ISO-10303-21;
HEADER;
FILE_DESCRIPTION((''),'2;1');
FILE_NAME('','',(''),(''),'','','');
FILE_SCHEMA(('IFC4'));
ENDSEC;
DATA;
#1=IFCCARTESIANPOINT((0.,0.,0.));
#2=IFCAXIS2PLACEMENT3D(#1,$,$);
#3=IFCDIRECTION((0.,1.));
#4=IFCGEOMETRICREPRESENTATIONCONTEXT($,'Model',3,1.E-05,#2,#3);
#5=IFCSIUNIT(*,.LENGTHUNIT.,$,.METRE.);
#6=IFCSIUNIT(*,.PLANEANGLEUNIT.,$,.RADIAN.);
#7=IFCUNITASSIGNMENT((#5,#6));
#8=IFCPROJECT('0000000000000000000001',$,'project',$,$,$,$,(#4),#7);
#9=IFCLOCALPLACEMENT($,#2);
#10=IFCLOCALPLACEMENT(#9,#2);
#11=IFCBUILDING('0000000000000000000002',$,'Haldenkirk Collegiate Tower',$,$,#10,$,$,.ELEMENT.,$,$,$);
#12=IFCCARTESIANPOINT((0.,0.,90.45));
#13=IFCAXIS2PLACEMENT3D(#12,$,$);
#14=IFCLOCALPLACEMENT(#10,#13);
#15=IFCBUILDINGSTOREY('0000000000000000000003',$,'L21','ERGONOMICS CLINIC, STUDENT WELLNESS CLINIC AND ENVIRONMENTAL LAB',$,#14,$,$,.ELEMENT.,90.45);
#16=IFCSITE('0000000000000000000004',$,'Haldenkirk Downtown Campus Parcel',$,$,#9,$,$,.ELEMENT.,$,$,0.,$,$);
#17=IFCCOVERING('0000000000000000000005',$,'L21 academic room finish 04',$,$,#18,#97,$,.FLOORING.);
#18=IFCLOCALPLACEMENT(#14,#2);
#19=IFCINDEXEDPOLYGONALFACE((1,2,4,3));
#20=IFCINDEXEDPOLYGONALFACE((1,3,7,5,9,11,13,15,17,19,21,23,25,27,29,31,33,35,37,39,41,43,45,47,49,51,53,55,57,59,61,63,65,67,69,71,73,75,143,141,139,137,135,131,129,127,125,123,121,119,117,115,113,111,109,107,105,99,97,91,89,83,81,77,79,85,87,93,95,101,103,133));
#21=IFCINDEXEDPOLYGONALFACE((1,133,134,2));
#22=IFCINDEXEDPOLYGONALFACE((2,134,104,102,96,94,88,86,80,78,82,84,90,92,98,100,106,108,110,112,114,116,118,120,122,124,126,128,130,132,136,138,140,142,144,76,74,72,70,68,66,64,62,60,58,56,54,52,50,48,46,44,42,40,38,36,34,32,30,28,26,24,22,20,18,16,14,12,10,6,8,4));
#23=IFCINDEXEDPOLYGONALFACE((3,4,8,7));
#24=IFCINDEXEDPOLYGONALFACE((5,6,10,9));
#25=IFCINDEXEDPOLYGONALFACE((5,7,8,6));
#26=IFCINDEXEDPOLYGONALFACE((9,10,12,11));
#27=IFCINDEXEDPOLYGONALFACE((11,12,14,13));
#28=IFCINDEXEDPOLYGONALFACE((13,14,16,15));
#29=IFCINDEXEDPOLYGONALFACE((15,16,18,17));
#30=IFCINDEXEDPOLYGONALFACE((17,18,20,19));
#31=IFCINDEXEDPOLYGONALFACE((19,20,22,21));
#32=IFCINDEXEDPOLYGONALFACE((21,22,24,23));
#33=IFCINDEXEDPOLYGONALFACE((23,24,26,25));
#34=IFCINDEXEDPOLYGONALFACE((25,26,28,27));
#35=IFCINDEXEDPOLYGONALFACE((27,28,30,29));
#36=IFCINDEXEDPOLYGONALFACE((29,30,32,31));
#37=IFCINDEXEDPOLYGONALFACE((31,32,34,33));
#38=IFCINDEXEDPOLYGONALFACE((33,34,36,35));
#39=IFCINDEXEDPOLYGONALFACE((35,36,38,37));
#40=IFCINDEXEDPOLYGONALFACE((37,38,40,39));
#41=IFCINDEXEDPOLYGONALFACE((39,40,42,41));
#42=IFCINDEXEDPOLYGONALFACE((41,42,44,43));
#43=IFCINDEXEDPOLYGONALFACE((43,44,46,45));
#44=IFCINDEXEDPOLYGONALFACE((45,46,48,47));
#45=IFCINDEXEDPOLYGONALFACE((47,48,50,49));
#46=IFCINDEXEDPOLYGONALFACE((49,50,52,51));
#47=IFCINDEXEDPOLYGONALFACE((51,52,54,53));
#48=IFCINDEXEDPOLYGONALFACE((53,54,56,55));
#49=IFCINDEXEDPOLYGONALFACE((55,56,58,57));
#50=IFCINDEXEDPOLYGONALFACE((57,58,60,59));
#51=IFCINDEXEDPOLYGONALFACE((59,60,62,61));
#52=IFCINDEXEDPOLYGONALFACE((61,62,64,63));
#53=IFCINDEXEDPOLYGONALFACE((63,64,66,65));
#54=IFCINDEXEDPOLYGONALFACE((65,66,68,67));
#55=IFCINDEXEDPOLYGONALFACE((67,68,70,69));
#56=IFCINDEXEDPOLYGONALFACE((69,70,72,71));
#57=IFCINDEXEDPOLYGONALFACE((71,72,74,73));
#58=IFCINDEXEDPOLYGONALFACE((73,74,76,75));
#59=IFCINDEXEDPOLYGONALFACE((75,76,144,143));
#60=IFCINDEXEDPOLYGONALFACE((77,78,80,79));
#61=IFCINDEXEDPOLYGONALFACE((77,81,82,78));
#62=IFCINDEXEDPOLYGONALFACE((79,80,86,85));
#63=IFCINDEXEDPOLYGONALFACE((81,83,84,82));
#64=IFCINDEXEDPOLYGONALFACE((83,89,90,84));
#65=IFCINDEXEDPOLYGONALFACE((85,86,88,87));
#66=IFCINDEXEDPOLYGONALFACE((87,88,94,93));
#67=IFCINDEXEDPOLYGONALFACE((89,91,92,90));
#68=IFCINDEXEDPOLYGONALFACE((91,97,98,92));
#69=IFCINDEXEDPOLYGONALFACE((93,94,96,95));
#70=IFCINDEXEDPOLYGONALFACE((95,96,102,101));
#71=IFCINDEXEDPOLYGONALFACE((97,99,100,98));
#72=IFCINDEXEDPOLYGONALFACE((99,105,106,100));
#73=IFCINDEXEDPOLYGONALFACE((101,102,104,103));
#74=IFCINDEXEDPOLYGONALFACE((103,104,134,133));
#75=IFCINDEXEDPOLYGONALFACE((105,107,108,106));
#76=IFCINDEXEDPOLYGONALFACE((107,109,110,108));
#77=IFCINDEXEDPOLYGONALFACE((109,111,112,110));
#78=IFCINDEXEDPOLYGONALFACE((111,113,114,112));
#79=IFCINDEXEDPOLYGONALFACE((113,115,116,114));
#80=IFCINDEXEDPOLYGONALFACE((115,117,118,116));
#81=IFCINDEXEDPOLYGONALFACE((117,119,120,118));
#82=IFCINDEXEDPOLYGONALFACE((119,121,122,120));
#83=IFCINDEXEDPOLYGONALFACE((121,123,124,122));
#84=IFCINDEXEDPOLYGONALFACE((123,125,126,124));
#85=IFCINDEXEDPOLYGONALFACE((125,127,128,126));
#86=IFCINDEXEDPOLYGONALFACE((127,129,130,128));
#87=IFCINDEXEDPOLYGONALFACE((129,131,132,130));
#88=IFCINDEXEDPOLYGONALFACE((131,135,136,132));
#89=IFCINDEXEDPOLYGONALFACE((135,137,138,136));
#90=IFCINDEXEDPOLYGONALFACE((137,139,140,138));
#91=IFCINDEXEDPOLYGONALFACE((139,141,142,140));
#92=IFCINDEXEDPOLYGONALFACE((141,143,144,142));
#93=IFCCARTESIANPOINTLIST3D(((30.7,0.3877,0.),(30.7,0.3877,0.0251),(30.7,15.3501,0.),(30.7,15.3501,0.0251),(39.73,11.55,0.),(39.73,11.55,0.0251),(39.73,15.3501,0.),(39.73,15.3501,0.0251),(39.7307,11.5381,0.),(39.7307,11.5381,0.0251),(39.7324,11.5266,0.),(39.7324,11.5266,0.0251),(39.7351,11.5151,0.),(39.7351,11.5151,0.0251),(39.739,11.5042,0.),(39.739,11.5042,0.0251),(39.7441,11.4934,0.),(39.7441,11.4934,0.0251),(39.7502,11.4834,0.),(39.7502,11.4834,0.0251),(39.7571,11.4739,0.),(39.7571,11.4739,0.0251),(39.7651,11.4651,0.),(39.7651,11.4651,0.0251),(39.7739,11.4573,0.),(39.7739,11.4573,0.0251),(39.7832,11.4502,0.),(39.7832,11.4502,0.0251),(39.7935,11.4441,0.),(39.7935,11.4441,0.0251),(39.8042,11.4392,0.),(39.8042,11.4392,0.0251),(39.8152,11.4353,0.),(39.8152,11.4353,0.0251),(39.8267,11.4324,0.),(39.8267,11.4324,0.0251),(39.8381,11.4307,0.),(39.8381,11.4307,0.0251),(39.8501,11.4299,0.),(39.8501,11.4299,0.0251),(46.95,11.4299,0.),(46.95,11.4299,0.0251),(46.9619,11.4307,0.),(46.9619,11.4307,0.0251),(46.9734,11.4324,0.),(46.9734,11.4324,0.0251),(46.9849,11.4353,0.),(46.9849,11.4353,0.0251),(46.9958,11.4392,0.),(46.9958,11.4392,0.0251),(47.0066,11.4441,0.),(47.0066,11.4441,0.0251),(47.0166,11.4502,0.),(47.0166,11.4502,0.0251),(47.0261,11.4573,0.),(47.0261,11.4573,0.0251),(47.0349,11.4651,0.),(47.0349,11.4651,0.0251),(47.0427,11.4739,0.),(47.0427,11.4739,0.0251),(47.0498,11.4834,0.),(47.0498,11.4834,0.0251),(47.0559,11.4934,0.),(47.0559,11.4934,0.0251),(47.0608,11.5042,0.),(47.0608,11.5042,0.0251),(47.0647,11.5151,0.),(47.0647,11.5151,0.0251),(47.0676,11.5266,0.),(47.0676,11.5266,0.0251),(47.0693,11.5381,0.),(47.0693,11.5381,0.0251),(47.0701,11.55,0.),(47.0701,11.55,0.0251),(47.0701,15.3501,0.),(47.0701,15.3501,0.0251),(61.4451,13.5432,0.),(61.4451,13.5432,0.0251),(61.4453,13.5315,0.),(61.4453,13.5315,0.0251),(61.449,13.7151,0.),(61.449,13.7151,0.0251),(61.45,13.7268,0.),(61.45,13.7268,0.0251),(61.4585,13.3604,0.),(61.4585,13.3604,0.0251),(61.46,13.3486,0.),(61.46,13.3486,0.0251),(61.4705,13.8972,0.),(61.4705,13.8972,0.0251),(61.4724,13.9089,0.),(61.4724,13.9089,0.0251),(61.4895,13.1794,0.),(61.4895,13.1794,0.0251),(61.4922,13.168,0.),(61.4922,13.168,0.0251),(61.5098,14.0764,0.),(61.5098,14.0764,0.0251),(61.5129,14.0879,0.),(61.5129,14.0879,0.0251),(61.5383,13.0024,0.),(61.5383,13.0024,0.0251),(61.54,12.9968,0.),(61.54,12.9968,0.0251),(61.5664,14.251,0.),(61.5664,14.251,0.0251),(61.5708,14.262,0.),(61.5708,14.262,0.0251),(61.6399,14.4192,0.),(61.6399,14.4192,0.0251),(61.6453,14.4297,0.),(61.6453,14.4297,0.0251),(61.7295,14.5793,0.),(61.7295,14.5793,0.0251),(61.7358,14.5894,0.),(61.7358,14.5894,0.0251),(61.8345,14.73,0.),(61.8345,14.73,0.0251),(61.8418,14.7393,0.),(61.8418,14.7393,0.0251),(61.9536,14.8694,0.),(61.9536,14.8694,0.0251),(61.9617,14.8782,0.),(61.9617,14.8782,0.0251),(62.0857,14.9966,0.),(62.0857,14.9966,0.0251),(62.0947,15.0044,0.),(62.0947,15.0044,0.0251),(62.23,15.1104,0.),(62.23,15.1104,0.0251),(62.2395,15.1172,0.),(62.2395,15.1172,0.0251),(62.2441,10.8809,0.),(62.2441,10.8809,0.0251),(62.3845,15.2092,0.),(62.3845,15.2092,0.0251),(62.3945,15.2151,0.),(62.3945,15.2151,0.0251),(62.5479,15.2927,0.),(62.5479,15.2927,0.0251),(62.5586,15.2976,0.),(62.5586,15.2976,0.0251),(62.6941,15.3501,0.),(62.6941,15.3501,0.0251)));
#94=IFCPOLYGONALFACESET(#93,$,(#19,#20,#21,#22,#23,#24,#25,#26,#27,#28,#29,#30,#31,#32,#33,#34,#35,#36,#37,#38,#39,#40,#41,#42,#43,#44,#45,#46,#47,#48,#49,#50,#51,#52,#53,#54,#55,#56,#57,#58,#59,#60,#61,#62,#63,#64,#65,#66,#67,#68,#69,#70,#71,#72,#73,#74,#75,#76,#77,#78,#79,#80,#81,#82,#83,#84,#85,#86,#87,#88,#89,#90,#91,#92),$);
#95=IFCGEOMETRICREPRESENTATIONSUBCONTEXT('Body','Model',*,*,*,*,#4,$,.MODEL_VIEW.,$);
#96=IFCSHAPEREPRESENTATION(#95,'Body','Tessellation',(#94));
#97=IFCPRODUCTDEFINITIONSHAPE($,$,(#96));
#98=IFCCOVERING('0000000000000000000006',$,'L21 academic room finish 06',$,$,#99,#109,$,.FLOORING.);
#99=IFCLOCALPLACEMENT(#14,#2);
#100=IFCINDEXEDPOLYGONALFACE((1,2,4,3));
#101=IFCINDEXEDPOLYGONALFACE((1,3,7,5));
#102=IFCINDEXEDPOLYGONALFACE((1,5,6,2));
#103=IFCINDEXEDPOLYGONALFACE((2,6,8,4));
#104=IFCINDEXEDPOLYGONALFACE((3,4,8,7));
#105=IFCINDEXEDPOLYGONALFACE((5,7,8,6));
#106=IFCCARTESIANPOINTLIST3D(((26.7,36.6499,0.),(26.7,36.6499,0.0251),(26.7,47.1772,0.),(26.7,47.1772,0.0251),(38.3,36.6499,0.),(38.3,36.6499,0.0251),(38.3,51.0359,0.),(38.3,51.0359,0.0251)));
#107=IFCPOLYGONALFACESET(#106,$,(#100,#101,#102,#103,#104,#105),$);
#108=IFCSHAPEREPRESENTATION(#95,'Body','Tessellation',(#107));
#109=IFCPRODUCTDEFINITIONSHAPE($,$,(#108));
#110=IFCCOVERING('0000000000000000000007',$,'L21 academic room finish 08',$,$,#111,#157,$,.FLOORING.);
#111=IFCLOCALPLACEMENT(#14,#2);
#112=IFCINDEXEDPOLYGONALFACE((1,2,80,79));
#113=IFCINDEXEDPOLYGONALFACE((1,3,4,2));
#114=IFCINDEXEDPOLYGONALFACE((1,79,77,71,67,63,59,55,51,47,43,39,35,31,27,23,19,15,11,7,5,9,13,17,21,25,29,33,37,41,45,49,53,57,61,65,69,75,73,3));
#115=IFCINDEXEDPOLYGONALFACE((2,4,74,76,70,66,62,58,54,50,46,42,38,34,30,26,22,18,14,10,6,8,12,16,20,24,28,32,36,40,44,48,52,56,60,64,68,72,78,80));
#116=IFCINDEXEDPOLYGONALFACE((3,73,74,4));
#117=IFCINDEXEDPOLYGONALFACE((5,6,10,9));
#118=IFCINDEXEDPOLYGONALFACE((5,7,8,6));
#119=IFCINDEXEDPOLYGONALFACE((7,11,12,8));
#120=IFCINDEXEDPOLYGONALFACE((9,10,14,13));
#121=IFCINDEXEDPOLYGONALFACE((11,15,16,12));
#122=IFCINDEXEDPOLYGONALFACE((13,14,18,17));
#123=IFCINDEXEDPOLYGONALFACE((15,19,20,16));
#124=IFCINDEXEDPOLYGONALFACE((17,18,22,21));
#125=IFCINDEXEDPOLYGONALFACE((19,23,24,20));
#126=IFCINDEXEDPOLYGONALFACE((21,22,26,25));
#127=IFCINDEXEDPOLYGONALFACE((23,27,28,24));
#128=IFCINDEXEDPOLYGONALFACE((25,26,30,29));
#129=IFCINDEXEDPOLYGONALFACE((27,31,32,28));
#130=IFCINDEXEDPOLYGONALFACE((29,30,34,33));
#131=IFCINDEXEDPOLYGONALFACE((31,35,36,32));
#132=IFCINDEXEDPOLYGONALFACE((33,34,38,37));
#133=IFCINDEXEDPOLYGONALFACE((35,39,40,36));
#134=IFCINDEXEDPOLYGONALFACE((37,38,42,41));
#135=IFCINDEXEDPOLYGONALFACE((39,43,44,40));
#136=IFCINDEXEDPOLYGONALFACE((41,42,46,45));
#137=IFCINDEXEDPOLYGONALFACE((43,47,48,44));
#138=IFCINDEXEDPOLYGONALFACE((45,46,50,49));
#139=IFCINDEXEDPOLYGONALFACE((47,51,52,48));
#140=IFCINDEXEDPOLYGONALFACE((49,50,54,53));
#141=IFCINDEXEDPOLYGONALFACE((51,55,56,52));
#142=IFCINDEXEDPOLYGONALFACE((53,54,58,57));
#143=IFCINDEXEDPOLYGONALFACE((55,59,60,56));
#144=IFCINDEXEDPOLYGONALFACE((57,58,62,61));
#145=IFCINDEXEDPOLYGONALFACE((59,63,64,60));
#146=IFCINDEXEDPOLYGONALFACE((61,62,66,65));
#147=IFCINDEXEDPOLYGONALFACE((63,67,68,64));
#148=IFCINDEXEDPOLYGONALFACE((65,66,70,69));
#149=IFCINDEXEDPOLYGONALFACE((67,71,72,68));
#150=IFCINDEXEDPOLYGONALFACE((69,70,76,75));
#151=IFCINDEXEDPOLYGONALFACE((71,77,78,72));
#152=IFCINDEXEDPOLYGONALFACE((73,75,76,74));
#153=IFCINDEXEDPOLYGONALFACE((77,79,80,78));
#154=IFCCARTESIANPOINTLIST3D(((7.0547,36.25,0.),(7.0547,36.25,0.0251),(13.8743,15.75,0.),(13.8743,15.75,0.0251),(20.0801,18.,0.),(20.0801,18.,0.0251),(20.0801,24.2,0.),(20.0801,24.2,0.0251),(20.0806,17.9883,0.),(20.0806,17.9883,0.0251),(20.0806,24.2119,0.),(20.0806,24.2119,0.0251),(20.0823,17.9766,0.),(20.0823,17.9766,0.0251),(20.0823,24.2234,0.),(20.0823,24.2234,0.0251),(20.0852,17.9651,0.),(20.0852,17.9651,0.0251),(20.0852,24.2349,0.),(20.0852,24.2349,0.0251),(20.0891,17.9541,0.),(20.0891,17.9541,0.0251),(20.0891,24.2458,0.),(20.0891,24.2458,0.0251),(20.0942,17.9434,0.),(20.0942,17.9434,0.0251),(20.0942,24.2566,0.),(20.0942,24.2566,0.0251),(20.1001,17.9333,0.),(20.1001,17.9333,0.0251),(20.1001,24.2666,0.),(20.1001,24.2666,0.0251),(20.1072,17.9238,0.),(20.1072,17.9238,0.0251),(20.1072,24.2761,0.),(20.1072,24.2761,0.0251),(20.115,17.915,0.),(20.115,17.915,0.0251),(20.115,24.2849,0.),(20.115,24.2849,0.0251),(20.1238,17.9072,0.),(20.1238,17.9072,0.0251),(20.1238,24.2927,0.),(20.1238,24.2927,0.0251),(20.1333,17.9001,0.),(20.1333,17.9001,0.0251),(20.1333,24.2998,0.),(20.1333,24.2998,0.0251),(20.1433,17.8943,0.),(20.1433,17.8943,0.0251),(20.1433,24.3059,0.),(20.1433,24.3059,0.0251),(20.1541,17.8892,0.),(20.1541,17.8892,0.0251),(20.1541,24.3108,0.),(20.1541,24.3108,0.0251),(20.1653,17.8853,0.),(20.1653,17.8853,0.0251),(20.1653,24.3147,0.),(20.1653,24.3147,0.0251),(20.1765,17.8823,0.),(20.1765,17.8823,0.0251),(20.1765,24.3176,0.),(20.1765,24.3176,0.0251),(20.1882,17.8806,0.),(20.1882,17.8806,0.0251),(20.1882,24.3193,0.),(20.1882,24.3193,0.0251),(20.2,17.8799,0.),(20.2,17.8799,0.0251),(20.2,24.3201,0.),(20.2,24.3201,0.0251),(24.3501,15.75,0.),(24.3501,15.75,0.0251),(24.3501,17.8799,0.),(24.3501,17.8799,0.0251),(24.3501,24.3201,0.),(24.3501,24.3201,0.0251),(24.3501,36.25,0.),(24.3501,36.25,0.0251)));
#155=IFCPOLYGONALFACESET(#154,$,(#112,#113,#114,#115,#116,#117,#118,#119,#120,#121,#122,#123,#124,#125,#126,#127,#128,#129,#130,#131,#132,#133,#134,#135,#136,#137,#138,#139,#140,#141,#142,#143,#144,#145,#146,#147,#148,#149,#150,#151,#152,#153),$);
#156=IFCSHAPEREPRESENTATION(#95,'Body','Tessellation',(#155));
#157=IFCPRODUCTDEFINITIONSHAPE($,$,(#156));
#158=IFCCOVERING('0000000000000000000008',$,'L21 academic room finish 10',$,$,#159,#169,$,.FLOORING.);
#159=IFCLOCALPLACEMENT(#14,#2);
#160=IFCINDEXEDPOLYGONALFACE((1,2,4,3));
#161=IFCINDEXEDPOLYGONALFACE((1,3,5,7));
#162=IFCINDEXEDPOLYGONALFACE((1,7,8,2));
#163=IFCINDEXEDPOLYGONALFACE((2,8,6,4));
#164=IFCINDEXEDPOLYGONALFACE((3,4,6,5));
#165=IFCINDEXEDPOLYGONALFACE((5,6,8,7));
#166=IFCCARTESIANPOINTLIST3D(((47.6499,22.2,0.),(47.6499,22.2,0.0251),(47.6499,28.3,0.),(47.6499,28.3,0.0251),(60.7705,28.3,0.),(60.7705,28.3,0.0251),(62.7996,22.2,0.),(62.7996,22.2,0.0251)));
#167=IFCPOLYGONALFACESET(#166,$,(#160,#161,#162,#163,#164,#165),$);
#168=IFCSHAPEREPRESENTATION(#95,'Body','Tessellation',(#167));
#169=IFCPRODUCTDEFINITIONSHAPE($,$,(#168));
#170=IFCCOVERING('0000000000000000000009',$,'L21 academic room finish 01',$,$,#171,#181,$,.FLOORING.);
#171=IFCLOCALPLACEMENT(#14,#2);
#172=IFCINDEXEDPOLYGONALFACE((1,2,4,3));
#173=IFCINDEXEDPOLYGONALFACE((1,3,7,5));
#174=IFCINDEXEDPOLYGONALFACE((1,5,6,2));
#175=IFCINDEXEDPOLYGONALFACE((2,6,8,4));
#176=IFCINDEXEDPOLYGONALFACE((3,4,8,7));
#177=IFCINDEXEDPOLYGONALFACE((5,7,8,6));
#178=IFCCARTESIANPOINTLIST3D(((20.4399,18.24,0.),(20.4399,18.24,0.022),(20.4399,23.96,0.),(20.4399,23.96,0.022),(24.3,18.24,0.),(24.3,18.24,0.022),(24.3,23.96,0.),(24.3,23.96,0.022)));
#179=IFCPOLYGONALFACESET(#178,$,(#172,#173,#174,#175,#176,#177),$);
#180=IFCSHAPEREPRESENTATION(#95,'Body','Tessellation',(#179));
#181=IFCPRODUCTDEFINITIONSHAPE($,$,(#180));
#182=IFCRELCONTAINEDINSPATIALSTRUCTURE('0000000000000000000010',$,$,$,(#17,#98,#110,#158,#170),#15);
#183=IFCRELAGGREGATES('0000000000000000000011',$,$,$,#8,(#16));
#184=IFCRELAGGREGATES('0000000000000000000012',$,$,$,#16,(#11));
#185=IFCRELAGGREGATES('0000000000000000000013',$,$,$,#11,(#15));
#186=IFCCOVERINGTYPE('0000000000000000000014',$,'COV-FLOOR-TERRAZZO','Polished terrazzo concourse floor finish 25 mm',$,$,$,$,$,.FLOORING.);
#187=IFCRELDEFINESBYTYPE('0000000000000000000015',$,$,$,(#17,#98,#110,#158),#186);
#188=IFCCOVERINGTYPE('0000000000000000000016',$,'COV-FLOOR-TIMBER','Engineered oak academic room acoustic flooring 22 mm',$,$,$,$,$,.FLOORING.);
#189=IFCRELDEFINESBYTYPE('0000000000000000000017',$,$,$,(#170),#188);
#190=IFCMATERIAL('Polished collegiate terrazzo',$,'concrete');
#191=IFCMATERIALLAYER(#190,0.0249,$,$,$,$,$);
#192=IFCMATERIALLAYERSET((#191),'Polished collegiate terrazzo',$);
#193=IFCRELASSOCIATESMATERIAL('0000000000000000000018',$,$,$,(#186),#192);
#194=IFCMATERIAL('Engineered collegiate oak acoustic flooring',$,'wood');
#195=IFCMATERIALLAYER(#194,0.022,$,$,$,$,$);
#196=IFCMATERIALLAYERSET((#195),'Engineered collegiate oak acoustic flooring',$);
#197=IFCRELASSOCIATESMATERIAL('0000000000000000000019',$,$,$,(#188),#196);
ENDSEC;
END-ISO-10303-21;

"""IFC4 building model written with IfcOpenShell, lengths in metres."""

from ifc_helpers import new_model, si_unit, direction, frame, origin, place, context, subcontext, project, spatial, polyline, outline, extrude, material, layer, layer_set, type_object, element, save


model = new_model("IFC4")

# Units and contexts
model_context = context("Model", 3, precision=1e-05, world=origin(), true_north=direction((0.0, 1.0)))
body_context = subcontext(model_context, "Body", "Model", "MODEL_VIEW")
ifc_project = project(units=[si_unit("LENGTHUNIT", "METRE"), si_unit("PLANEANGLEUNIT", "RADIAN")], contexts=[model_context])

# Site, building, storey
site_placement = place(None, origin())
site = spatial("IfcSite", under=ifc_project, at=site_placement, Name="Haldenkirk Downtown Campus Parcel", CompositionType="ELEMENT", RefElevation=0.0)
building_placement = place(site_placement, origin())
building = spatial("IfcBuilding", under=site, at=building_placement, Name="Haldenkirk Collegiate Tower", CompositionType="ELEMENT")
storey_placement = place(building_placement, frame((0.0, 0.0, 90.45)))
storey = spatial("IfcBuildingStorey", under=building, at=storey_placement, Name="L21", Description="ERGONOMICS CLINIC, STUDENT WELLNESS CLINIC AND ENVIRONMENTAL LAB", CompositionType="ELEMENT", Elevation=90.45)

# Coverings
ifc_material_1 = material(Name="Polished collegiate terrazzo", Category="concrete")
ifc_layer_1 = layer(ifc_material_1, 0.0249)
ifc_layer_set_1 = layer_set([ifc_layer_1], Name="Polished collegiate terrazzo")
covering_type_1 = type_object("IfcCoveringType", Name="COV-FLOOR-TERRAZZO", Description="Polished terrazzo concourse floor finish 25 mm", PredefinedType="FLOORING", material=ifc_layer_set_1)
covering_1_placement = place(storey_placement, origin())
element("IfcCovering", 1, at=covering_1_placement, inside=storey, type_object=covering_type_1, Name="L21 academic room finish 04", PredefinedType="FLOORING", context=body_context, shape_type="SweptSolid", body=[
    extrude(outline(polyline([(39.73, 11.55), (39.7307, 11.5381), (39.7324, 11.5266), (39.7351, 11.5151), (39.739, 11.5042), (39.7441, 11.4934), (39.7502, 11.4834), (39.7571, 11.4739), (39.7651, 11.4651), (39.7739, 11.4573), (39.7832, 11.4502), (39.7935, 11.4441), (39.8042, 11.4392), (39.8152, 11.4353), (39.8267, 11.4324), (39.8381, 11.4307), (39.8501, 11.4299), (46.95, 11.4299), (46.9619, 11.4307), (46.9734, 11.4324), (46.9849, 11.4353), (46.9958, 11.4392), (47.0066, 11.4441), (47.0166, 11.4502), (47.0261, 11.4573), (47.0349, 11.4651), (47.0427, 11.4739), (47.0498, 11.4834), (47.0559, 11.4934), (47.0608, 11.5042), (47.0647, 11.5151), (47.0676, 11.5266), (47.0693, 11.5381), (47.0701, 11.55), (47.0701, 15.3501), (62.6941, 15.3501), (62.5586, 15.2976), (62.5479, 15.2927), (62.3945, 15.2151), (62.3845, 15.2092), (62.2395, 15.1172), (62.23, 15.1104), (62.0947, 15.0044), (62.0857, 14.9966), (61.9617, 14.8782), (61.9536, 14.8694), (61.8418, 14.7393), (61.8345, 14.73), (61.7358, 14.5894), (61.7295, 14.5793), (61.6453, 14.4297), (61.6399, 14.4192), (61.5708, 14.262), (61.5664, 14.251), (61.5129, 14.0879), (61.5098, 14.0764), (61.4724, 13.9089), (61.4705, 13.8972), (61.45, 13.7268), (61.449, 13.7151), (61.4451, 13.5432), (61.4453, 13.5315), (61.4585, 13.3604), (61.46, 13.3486), (61.4895, 13.1794), (61.4922, 13.168), (61.5383, 13.0024), (61.54, 12.9968), (62.2441, 10.8809), (30.7, 0.3877), (30.7, 15.3501), (39.73, 15.3501), (39.73, 11.55)])), origin(), (0.0, 0.0, 1.0), 0.0251),
])
covering_2_placement = place(storey_placement, origin())
element("IfcCovering", 2, at=covering_2_placement, inside=storey, type_object=covering_type_1, Name="L21 academic room finish 06", PredefinedType="FLOORING", context=body_context, shape_type="SweptSolid", body=[
    extrude(outline(polyline([(38.3, 51.0359), (38.3, 36.6499), (26.7, 36.6499), (26.7, 47.1772), (38.3, 51.0359)])), origin(), (0.0, 0.0, 1.0), 0.0251),
])
covering_3_placement = place(storey_placement, origin())
element("IfcCovering", 3, at=covering_3_placement, inside=storey, type_object=covering_type_1, Name="L21 academic room finish 08", PredefinedType="FLOORING", context=body_context, shape_type="SweptSolid", body=[
    extrude(outline(polyline([(20.2, 24.3201), (20.1882, 24.3193), (20.1765, 24.3176), (20.1653, 24.3147), (20.1541, 24.3108), (20.1433, 24.3059), (20.1333, 24.2998), (20.1238, 24.2927), (20.115, 24.2849), (20.1072, 24.2761), (20.1001, 24.2666), (20.0942, 24.2566), (20.0891, 24.2458), (20.0852, 24.2349), (20.0823, 24.2234), (20.0806, 24.2119), (20.0801, 24.2), (20.0801, 18.0), (20.0806, 17.9883), (20.0823, 17.9766), (20.0852, 17.9651), (20.0891, 17.9541), (20.0942, 17.9434), (20.1001, 17.9333), (20.1072, 17.9238), (20.115, 17.915), (20.1238, 17.9072), (20.1333, 17.9001), (20.1433, 17.8943), (20.1541, 17.8892), (20.1653, 17.8853), (20.1765, 17.8823), (20.1882, 17.8806), (20.2, 17.8799), (24.3501, 17.8799), (24.3501, 15.75), (13.8743, 15.75), (7.0547, 36.25), (24.3501, 36.25), (24.3501, 24.3201), (20.2, 24.3201)])), origin(), (0.0, 0.0, 1.0), 0.0251),
])
covering_4_placement = place(storey_placement, origin())
element("IfcCovering", 4, at=covering_4_placement, inside=storey, type_object=covering_type_1, Name="L21 academic room finish 10", PredefinedType="FLOORING", context=body_context, shape_type="SweptSolid", body=[
    extrude(outline(polyline([(62.7996, 22.2), (47.6499, 22.2), (47.6499, 28.3), (60.7705, 28.3), (62.7996, 22.2)])), origin(), (0.0, 0.0, 1.0), 0.0251),
])
ifc_material_2 = material(Name="Engineered collegiate oak acoustic flooring", Category="wood")
ifc_layer_2 = layer(ifc_material_2, 0.022)
ifc_layer_set_2 = layer_set([ifc_layer_2], Name="Engineered collegiate oak acoustic flooring")
covering_type_2 = type_object("IfcCoveringType", Name="COV-FLOOR-TIMBER", Description="Engineered oak academic room acoustic flooring 22 mm", PredefinedType="FLOORING", material=ifc_layer_set_2)
covering_5_placement = place(storey_placement, origin())
element("IfcCovering", 5, at=covering_5_placement, inside=storey, type_object=covering_type_2, Name="L21 academic room finish 01", PredefinedType="FLOORING", context=body_context, shape_type="SweptSolid", body=[
    extrude(outline(polyline([(20.4399, 18.24), (20.4399, 23.96), (24.3, 23.96), (24.3, 18.24), (20.4399, 18.24)])), origin(), (0.0, 0.0, 1.0), 0.022),
])

save(model, "model.ifc")
